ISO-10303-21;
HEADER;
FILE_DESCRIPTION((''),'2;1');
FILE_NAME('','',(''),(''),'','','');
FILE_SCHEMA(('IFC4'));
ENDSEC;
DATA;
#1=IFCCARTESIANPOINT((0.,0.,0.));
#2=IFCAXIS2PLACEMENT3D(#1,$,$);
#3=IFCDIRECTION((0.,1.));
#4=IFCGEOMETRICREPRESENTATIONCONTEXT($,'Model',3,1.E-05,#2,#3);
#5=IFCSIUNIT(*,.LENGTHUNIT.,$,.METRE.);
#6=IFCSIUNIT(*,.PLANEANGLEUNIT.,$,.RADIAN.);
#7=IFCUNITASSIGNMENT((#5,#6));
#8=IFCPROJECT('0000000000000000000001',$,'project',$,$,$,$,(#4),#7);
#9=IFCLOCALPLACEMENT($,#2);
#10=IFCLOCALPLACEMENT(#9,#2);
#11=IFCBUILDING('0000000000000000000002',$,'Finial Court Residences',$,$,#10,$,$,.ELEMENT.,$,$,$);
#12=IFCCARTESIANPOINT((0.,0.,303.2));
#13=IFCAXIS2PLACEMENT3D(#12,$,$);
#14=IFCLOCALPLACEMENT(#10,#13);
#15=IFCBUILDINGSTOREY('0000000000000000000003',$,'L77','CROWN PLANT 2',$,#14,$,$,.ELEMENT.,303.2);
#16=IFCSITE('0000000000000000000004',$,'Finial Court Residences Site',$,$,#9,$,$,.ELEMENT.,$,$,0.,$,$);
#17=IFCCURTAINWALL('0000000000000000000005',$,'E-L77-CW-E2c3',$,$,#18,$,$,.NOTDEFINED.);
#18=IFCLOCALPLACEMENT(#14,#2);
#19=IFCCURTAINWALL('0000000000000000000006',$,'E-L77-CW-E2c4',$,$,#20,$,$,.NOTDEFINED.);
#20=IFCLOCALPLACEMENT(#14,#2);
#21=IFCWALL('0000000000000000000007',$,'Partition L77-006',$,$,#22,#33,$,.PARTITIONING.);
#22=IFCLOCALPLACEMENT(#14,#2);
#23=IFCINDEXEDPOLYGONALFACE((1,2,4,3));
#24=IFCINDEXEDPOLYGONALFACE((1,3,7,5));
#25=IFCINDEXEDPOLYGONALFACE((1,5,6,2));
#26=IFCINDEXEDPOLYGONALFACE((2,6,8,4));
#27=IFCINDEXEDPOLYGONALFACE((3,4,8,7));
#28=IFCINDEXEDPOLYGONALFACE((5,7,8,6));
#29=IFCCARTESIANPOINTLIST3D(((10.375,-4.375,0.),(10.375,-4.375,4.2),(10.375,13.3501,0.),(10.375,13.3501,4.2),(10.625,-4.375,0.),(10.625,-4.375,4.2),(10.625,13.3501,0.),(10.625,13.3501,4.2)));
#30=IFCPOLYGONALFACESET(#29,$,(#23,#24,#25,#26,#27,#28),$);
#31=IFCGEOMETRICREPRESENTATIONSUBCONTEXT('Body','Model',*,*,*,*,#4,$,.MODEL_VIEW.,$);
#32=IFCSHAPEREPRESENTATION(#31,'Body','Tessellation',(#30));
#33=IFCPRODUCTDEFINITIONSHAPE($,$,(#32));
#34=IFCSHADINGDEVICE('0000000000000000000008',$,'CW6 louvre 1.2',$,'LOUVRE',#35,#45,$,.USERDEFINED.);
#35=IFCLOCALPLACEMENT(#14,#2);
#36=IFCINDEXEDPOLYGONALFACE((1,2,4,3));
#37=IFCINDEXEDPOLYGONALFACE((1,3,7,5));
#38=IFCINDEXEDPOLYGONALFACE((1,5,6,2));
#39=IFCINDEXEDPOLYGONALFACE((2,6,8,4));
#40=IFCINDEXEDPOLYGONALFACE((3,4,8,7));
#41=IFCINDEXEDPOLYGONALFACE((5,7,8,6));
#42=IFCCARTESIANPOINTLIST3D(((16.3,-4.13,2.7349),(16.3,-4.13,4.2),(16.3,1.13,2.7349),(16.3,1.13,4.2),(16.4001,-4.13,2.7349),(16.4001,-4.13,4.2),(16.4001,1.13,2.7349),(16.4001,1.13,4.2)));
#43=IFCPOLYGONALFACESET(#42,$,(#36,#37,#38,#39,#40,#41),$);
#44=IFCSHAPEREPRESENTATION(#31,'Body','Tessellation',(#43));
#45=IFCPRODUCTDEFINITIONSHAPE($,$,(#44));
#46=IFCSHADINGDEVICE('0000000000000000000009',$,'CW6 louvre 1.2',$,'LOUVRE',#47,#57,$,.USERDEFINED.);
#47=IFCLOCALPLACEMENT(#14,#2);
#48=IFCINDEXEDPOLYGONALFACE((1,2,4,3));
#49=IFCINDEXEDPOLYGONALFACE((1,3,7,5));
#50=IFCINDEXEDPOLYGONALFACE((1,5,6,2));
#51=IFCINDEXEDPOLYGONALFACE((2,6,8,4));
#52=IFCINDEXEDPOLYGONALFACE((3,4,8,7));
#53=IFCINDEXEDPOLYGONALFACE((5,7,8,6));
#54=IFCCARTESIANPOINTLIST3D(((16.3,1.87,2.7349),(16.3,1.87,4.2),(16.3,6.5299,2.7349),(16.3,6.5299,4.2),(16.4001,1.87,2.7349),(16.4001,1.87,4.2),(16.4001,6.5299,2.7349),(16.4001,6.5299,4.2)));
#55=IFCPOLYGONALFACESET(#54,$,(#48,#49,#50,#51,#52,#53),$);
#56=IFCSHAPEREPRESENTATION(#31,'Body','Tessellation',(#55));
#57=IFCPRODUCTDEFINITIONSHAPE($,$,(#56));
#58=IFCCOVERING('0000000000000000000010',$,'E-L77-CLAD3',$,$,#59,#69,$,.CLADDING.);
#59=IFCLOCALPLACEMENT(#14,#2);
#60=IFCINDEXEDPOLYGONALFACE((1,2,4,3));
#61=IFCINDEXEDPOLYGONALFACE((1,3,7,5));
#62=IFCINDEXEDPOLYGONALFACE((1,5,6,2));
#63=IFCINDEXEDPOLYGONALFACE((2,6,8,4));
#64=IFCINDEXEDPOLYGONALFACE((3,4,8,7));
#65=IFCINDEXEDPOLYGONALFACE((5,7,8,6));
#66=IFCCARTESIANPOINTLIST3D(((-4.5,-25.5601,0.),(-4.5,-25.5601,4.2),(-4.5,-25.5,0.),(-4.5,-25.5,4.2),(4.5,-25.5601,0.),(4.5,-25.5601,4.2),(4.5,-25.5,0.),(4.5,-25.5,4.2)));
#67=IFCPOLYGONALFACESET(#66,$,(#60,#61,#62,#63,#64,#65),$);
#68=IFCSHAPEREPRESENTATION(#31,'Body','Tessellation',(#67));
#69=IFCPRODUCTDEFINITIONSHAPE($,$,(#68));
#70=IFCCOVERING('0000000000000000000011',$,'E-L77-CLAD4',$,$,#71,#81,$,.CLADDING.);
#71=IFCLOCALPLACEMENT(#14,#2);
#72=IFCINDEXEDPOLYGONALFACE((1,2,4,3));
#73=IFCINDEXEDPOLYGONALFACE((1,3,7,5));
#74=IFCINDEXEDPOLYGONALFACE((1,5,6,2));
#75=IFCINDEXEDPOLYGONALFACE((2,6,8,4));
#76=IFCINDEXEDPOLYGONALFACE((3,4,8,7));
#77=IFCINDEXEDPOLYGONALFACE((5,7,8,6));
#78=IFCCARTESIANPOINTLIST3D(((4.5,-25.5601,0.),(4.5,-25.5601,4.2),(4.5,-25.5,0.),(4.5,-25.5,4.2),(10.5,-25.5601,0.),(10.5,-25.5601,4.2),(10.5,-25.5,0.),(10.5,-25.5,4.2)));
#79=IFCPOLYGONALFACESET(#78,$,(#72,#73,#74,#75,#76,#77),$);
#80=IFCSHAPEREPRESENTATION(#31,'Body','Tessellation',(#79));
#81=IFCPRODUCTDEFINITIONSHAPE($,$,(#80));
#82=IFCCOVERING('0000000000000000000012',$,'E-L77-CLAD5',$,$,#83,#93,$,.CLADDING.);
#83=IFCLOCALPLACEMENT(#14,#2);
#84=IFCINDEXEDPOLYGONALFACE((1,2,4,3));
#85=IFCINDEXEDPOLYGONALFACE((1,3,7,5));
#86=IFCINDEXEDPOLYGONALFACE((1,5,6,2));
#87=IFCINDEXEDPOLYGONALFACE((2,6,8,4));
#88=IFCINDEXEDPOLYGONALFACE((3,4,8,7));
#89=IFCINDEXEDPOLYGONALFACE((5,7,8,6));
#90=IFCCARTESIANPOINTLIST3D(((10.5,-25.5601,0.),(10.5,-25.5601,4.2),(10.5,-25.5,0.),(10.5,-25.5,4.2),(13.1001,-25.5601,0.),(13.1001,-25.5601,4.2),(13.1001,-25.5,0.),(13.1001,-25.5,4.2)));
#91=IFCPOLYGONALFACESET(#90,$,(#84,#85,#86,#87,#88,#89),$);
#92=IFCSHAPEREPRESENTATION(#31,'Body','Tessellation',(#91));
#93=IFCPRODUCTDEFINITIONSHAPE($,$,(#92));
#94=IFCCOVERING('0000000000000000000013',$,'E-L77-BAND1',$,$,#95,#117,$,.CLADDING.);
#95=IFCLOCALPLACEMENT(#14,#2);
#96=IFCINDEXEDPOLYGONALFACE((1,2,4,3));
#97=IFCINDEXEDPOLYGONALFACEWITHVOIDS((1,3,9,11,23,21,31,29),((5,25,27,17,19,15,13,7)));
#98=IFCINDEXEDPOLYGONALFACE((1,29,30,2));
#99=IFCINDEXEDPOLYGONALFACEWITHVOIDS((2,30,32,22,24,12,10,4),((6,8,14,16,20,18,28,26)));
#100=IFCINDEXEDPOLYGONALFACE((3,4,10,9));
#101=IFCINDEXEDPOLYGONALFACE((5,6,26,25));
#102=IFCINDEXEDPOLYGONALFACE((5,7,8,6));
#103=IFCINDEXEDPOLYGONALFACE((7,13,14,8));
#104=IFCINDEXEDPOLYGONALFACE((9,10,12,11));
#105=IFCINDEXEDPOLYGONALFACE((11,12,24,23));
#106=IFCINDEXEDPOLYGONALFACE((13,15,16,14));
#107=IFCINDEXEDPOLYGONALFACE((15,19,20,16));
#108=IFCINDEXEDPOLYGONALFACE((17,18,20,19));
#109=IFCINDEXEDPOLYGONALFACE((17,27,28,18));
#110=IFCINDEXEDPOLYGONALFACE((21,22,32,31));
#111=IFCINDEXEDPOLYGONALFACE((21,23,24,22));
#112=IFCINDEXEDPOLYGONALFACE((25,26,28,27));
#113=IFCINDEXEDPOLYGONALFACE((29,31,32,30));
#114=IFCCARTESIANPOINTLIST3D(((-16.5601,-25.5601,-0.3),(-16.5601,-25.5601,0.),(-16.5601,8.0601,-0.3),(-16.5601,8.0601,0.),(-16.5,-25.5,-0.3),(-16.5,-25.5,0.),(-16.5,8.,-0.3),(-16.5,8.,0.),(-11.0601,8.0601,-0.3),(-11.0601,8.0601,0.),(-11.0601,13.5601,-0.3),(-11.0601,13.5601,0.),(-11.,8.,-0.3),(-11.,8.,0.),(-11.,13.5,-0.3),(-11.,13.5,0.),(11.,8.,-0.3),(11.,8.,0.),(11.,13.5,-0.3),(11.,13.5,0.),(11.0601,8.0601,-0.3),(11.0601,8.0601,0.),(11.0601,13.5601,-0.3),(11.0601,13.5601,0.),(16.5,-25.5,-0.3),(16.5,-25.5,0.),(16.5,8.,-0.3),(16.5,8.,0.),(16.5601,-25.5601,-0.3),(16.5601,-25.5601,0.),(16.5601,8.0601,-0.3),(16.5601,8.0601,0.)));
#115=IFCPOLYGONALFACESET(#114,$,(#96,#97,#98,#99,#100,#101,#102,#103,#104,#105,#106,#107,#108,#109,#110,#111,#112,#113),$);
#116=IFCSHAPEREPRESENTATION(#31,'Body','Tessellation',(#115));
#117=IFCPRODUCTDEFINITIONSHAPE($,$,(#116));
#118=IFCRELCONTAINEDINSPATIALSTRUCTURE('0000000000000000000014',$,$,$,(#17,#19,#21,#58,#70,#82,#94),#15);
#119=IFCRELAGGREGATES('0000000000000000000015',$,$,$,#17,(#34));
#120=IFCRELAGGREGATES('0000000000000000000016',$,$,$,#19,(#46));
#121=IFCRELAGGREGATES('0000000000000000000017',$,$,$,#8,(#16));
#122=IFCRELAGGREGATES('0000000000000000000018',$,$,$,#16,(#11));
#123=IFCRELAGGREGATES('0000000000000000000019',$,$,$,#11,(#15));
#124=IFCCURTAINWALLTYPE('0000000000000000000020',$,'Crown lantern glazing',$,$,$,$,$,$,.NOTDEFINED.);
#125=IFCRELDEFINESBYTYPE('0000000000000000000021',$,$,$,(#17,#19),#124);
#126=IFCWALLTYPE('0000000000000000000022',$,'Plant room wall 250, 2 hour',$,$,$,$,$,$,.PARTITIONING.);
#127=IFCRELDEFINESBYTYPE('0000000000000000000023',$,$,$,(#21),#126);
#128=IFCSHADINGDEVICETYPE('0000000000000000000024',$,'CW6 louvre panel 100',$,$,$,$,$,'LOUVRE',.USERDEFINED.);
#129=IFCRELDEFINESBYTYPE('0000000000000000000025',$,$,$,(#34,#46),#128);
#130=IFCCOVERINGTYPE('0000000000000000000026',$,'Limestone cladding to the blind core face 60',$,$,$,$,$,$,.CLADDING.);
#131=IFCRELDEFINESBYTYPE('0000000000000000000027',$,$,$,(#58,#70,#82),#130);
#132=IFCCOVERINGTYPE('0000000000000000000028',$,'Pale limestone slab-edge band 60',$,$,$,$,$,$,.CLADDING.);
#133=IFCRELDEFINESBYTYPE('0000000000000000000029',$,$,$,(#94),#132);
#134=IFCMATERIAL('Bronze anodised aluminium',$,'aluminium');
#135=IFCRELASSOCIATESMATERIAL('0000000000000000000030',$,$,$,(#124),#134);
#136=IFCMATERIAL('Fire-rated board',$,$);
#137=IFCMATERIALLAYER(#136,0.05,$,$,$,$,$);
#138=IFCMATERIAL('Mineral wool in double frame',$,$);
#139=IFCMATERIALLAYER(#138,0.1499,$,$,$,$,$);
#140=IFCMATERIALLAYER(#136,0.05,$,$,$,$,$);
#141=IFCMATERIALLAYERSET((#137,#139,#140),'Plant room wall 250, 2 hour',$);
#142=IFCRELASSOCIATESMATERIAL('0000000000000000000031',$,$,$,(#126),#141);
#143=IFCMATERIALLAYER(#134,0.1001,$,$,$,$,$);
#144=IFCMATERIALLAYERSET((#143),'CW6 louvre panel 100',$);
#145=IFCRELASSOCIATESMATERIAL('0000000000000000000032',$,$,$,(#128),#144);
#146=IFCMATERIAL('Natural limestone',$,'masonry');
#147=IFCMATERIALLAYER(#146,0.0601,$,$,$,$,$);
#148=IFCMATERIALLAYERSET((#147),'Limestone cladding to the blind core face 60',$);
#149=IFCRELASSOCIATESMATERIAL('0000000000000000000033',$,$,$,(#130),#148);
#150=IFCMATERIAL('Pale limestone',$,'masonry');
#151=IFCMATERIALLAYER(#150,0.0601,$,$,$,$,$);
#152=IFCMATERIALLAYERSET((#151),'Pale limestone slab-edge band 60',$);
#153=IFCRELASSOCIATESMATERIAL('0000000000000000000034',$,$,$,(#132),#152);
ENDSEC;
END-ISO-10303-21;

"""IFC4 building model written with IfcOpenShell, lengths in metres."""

from ifc_helpers import new_model, si_unit, direction, frame, frame_2d, origin, origin_2d, place, context, subcontext, project, spatial, polyline, rectangle, outline, extrude, material, layer, layer_set, type_object, element, aggregate, save


model = new_model("IFC4")

# Units and contexts
model_context = context("Model", 3, precision=1e-05, world=origin(), true_north=direction((0.0, 1.0)))
body_context = subcontext(model_context, "Body", "Model", "MODEL_VIEW")
ifc_project = project(units=[si_unit("LENGTHUNIT", "METRE"), si_unit("PLANEANGLEUNIT", "RADIAN")], contexts=[model_context])

# Site, building, storey
site_placement = place(None, origin())
site = spatial("IfcSite", under=ifc_project, at=site_placement, Name="Finial Court Residences Site", CompositionType="ELEMENT", RefElevation=0.0)
building_placement = place(site_placement, origin())
building = spatial("IfcBuilding", under=site, at=building_placement, Name="Finial Court Residences", CompositionType="ELEMENT")
storey_placement = place(building_placement, frame((0.0, 0.0, 303.2)))
storey = spatial("IfcBuildingStorey", under=building, at=storey_placement, Name="L77", Description="CROWN PLANT 2", CompositionType="ELEMENT", Elevation=303.2)

# Curtain walls
ifc_material_1 = material(Name="Bronze anodised aluminium", Category="aluminium")
curtain_wall_type = type_object("IfcCurtainWallType", Name="Crown lantern glazing", PredefinedType="NOTDEFINED", material=ifc_material_1)
curtain_wall_1_placement = place(storey_placement, origin())
curtain_wall_1 = element("IfcCurtainWall", 1, at=curtain_wall_1_placement, inside=storey, type_object=curtain_wall_type, Name="E-L77-CW-E2c3", PredefinedType="NOTDEFINED")
curtain_wall_2_placement = place(storey_placement, origin())
curtain_wall_2 = element("IfcCurtainWall", 2, at=curtain_wall_2_placement, inside=storey, type_object=curtain_wall_type, Name="E-L77-CW-E2c4", PredefinedType="NOTDEFINED")

# Wall
ifc_material_2 = material(Name="Fire-rated board")
ifc_layer_1 = layer(ifc_material_2, 0.05)
ifc_material_3 = material(Name="Mineral wool in double frame")
ifc_layer_2 = layer(ifc_material_3, 0.1499)
ifc_layer_3 = layer(ifc_material_2, 0.05)
ifc_layer_set_1 = layer_set([ifc_layer_1, ifc_layer_2, ifc_layer_3], Name="Plant room wall 250, 2 hour")
wall_type = type_object("IfcWallType", Name="Plant room wall 250, 2 hour", PredefinedType="PARTITIONING", material=ifc_layer_set_1)
for number, where, z_axis, x_axis, name in (
    (3, (10.5, -4.375, 0.0), (0.0, 0.0, 1.0), (0.0, 1.0, 0.0), "Partition L77-006"),
):
    element("IfcWall", number, at=place(storey_placement, frame(where, z_axis=z_axis, x_axis=x_axis)), inside=storey, type_object=wall_type, Name=name, PredefinedType="PARTITIONING", context=body_context, shape_type="SweptSolid", body=[
        extrude(rectangle(XDim=17.7251, YDim=0.25, at=frame_2d((8.8625, 0.0))), origin(), (0.0, 0.0, 1.0), 4.2),
    ])

# Shading devices
ifc_layer_4 = layer(ifc_material_1, 0.1001)
ifc_layer_set_2 = layer_set([ifc_layer_4], Name="CW6 louvre panel 100")
shading_device_type = type_object("IfcShadingDeviceType", Name="CW6 louvre panel 100", ElementType="LOUVRE", PredefinedType="USERDEFINED", material=ifc_layer_set_2)
shading_device_1_placement = place(storey_placement, frame((16.3501, -1.5, 2.7349), z_axis=(0.0, 0.0, 1.0), x_axis=(0.0, 1.0, 0.0)))
shading_device_1 = element("IfcShadingDevice", 4, at=shading_device_1_placement, type_object=shading_device_type, Name="CW6 louvre 1.2", ObjectType="LOUVRE", PredefinedType="USERDEFINED", context=body_context, shape_type="SweptSolid", body=[
    extrude(rectangle(XDim=5.26, YDim=0.1001, at=origin_2d()), origin(), (0.0, 0.0, 1.0), 1.4651),
])
aggregate(curtain_wall_1, [shading_device_1])
shading_device_2_placement = place(storey_placement, frame((16.3501, 4.2, 2.7349), z_axis=(0.0, 0.0, 1.0), x_axis=(0.0, 1.0, 0.0)))
shading_device_2 = element("IfcShadingDevice", 5, at=shading_device_2_placement, type_object=shading_device_type, Name="CW6 louvre 1.2", ObjectType="LOUVRE", PredefinedType="USERDEFINED", context=body_context, shape_type="SweptSolid", body=[
    extrude(rectangle(XDim=4.6599, YDim=0.1001, at=origin_2d()), origin(), (0.0, 0.0, 1.0), 1.4651),
])
aggregate(curtain_wall_2, [shading_device_2])

# Coverings
ifc_material_4 = material(Name="Natural limestone", Category="masonry")
ifc_layer_5 = layer(ifc_material_4, 0.0601)
ifc_layer_set_3 = layer_set([ifc_layer_5], Name="Limestone cladding to the blind core face 60")
covering_type_1 = type_object("IfcCoveringType", Name="Limestone cladding to the blind core face 60", PredefinedType="CLADDING", material=ifc_layer_set_3)
covering_1_placement = place(storey_placement, origin())
element("IfcCovering", 6, at=covering_1_placement, inside=storey, type_object=covering_type_1, Name="E-L77-CLAD3", PredefinedType="CLADDING", context=body_context, shape_type="SweptSolid", body=[
    extrude(outline(polyline([(4.5, -25.5601), (4.5, -25.5), (-4.5, -25.5), (-4.5, -25.5601), (4.5, -25.5601)])), origin(), (0.0, 0.0, 1.0), 4.2),
])
covering_2_placement = place(storey_placement, origin())
element("IfcCovering", 7, at=covering_2_placement, inside=storey, type_object=covering_type_1, Name="E-L77-CLAD4", PredefinedType="CLADDING", context=body_context, shape_type="SweptSolid", body=[
    extrude(outline(polyline([(10.5, -25.5601), (10.5, -25.5), (4.5, -25.5), (4.5, -25.5601), (10.5, -25.5601)])), origin(), (0.0, 0.0, 1.0), 4.2),
])
covering_3_placement = place(storey_placement, origin())
element("IfcCovering", 8, at=covering_3_placement, inside=storey, type_object=covering_type_1, Name="E-L77-CLAD5", PredefinedType="CLADDING", context=body_context, shape_type="SweptSolid", body=[
    extrude(outline(polyline([(13.1001, -25.5601), (13.1001, -25.5), (10.5, -25.5), (10.5, -25.5601), (13.1001, -25.5601)])), origin(), (0.0, 0.0, 1.0), 4.2),
])
ifc_material_5 = material(Name="Pale limestone", Category="masonry")
ifc_layer_6 = layer(ifc_material_5, 0.0601)
ifc_layer_set_4 = layer_set([ifc_layer_6], Name="Pale limestone slab-edge band 60")
covering_type_2 = type_object("IfcCoveringType", Name="Pale limestone slab-edge band 60", PredefinedType="CLADDING", material=ifc_layer_set_4)
covering_4_placement = place(storey_placement, frame((0.0, 0.0, -0.3)))
element("IfcCovering", 9, at=covering_4_placement, inside=storey, type_object=covering_type_2, Name="E-L77-BAND1", PredefinedType="CLADDING", context=body_context, shape_type="SweptSolid", body=[
    extrude(outline(polyline([(-16.5601, -25.5601), (-16.5601, 8.0601), (-11.0601, 8.0601), (-11.0601, 13.5601), (11.0601, 13.5601), (11.0601, 8.0601), (16.5601, 8.0601), (16.5601, -25.5601), (-16.5601, -25.5601)]), holes=[polyline([(16.5, 8.0), (11.0, 8.0), (11.0, 13.5), (-11.0, 13.5), (-11.0, 8.0), (-16.5, 8.0), (-16.5, -25.5), (16.5, -25.5), (16.5, 8.0)])]), origin(), (0.0, 0.0, 1.0), 0.3),
])

save(model, "model.ifc")
